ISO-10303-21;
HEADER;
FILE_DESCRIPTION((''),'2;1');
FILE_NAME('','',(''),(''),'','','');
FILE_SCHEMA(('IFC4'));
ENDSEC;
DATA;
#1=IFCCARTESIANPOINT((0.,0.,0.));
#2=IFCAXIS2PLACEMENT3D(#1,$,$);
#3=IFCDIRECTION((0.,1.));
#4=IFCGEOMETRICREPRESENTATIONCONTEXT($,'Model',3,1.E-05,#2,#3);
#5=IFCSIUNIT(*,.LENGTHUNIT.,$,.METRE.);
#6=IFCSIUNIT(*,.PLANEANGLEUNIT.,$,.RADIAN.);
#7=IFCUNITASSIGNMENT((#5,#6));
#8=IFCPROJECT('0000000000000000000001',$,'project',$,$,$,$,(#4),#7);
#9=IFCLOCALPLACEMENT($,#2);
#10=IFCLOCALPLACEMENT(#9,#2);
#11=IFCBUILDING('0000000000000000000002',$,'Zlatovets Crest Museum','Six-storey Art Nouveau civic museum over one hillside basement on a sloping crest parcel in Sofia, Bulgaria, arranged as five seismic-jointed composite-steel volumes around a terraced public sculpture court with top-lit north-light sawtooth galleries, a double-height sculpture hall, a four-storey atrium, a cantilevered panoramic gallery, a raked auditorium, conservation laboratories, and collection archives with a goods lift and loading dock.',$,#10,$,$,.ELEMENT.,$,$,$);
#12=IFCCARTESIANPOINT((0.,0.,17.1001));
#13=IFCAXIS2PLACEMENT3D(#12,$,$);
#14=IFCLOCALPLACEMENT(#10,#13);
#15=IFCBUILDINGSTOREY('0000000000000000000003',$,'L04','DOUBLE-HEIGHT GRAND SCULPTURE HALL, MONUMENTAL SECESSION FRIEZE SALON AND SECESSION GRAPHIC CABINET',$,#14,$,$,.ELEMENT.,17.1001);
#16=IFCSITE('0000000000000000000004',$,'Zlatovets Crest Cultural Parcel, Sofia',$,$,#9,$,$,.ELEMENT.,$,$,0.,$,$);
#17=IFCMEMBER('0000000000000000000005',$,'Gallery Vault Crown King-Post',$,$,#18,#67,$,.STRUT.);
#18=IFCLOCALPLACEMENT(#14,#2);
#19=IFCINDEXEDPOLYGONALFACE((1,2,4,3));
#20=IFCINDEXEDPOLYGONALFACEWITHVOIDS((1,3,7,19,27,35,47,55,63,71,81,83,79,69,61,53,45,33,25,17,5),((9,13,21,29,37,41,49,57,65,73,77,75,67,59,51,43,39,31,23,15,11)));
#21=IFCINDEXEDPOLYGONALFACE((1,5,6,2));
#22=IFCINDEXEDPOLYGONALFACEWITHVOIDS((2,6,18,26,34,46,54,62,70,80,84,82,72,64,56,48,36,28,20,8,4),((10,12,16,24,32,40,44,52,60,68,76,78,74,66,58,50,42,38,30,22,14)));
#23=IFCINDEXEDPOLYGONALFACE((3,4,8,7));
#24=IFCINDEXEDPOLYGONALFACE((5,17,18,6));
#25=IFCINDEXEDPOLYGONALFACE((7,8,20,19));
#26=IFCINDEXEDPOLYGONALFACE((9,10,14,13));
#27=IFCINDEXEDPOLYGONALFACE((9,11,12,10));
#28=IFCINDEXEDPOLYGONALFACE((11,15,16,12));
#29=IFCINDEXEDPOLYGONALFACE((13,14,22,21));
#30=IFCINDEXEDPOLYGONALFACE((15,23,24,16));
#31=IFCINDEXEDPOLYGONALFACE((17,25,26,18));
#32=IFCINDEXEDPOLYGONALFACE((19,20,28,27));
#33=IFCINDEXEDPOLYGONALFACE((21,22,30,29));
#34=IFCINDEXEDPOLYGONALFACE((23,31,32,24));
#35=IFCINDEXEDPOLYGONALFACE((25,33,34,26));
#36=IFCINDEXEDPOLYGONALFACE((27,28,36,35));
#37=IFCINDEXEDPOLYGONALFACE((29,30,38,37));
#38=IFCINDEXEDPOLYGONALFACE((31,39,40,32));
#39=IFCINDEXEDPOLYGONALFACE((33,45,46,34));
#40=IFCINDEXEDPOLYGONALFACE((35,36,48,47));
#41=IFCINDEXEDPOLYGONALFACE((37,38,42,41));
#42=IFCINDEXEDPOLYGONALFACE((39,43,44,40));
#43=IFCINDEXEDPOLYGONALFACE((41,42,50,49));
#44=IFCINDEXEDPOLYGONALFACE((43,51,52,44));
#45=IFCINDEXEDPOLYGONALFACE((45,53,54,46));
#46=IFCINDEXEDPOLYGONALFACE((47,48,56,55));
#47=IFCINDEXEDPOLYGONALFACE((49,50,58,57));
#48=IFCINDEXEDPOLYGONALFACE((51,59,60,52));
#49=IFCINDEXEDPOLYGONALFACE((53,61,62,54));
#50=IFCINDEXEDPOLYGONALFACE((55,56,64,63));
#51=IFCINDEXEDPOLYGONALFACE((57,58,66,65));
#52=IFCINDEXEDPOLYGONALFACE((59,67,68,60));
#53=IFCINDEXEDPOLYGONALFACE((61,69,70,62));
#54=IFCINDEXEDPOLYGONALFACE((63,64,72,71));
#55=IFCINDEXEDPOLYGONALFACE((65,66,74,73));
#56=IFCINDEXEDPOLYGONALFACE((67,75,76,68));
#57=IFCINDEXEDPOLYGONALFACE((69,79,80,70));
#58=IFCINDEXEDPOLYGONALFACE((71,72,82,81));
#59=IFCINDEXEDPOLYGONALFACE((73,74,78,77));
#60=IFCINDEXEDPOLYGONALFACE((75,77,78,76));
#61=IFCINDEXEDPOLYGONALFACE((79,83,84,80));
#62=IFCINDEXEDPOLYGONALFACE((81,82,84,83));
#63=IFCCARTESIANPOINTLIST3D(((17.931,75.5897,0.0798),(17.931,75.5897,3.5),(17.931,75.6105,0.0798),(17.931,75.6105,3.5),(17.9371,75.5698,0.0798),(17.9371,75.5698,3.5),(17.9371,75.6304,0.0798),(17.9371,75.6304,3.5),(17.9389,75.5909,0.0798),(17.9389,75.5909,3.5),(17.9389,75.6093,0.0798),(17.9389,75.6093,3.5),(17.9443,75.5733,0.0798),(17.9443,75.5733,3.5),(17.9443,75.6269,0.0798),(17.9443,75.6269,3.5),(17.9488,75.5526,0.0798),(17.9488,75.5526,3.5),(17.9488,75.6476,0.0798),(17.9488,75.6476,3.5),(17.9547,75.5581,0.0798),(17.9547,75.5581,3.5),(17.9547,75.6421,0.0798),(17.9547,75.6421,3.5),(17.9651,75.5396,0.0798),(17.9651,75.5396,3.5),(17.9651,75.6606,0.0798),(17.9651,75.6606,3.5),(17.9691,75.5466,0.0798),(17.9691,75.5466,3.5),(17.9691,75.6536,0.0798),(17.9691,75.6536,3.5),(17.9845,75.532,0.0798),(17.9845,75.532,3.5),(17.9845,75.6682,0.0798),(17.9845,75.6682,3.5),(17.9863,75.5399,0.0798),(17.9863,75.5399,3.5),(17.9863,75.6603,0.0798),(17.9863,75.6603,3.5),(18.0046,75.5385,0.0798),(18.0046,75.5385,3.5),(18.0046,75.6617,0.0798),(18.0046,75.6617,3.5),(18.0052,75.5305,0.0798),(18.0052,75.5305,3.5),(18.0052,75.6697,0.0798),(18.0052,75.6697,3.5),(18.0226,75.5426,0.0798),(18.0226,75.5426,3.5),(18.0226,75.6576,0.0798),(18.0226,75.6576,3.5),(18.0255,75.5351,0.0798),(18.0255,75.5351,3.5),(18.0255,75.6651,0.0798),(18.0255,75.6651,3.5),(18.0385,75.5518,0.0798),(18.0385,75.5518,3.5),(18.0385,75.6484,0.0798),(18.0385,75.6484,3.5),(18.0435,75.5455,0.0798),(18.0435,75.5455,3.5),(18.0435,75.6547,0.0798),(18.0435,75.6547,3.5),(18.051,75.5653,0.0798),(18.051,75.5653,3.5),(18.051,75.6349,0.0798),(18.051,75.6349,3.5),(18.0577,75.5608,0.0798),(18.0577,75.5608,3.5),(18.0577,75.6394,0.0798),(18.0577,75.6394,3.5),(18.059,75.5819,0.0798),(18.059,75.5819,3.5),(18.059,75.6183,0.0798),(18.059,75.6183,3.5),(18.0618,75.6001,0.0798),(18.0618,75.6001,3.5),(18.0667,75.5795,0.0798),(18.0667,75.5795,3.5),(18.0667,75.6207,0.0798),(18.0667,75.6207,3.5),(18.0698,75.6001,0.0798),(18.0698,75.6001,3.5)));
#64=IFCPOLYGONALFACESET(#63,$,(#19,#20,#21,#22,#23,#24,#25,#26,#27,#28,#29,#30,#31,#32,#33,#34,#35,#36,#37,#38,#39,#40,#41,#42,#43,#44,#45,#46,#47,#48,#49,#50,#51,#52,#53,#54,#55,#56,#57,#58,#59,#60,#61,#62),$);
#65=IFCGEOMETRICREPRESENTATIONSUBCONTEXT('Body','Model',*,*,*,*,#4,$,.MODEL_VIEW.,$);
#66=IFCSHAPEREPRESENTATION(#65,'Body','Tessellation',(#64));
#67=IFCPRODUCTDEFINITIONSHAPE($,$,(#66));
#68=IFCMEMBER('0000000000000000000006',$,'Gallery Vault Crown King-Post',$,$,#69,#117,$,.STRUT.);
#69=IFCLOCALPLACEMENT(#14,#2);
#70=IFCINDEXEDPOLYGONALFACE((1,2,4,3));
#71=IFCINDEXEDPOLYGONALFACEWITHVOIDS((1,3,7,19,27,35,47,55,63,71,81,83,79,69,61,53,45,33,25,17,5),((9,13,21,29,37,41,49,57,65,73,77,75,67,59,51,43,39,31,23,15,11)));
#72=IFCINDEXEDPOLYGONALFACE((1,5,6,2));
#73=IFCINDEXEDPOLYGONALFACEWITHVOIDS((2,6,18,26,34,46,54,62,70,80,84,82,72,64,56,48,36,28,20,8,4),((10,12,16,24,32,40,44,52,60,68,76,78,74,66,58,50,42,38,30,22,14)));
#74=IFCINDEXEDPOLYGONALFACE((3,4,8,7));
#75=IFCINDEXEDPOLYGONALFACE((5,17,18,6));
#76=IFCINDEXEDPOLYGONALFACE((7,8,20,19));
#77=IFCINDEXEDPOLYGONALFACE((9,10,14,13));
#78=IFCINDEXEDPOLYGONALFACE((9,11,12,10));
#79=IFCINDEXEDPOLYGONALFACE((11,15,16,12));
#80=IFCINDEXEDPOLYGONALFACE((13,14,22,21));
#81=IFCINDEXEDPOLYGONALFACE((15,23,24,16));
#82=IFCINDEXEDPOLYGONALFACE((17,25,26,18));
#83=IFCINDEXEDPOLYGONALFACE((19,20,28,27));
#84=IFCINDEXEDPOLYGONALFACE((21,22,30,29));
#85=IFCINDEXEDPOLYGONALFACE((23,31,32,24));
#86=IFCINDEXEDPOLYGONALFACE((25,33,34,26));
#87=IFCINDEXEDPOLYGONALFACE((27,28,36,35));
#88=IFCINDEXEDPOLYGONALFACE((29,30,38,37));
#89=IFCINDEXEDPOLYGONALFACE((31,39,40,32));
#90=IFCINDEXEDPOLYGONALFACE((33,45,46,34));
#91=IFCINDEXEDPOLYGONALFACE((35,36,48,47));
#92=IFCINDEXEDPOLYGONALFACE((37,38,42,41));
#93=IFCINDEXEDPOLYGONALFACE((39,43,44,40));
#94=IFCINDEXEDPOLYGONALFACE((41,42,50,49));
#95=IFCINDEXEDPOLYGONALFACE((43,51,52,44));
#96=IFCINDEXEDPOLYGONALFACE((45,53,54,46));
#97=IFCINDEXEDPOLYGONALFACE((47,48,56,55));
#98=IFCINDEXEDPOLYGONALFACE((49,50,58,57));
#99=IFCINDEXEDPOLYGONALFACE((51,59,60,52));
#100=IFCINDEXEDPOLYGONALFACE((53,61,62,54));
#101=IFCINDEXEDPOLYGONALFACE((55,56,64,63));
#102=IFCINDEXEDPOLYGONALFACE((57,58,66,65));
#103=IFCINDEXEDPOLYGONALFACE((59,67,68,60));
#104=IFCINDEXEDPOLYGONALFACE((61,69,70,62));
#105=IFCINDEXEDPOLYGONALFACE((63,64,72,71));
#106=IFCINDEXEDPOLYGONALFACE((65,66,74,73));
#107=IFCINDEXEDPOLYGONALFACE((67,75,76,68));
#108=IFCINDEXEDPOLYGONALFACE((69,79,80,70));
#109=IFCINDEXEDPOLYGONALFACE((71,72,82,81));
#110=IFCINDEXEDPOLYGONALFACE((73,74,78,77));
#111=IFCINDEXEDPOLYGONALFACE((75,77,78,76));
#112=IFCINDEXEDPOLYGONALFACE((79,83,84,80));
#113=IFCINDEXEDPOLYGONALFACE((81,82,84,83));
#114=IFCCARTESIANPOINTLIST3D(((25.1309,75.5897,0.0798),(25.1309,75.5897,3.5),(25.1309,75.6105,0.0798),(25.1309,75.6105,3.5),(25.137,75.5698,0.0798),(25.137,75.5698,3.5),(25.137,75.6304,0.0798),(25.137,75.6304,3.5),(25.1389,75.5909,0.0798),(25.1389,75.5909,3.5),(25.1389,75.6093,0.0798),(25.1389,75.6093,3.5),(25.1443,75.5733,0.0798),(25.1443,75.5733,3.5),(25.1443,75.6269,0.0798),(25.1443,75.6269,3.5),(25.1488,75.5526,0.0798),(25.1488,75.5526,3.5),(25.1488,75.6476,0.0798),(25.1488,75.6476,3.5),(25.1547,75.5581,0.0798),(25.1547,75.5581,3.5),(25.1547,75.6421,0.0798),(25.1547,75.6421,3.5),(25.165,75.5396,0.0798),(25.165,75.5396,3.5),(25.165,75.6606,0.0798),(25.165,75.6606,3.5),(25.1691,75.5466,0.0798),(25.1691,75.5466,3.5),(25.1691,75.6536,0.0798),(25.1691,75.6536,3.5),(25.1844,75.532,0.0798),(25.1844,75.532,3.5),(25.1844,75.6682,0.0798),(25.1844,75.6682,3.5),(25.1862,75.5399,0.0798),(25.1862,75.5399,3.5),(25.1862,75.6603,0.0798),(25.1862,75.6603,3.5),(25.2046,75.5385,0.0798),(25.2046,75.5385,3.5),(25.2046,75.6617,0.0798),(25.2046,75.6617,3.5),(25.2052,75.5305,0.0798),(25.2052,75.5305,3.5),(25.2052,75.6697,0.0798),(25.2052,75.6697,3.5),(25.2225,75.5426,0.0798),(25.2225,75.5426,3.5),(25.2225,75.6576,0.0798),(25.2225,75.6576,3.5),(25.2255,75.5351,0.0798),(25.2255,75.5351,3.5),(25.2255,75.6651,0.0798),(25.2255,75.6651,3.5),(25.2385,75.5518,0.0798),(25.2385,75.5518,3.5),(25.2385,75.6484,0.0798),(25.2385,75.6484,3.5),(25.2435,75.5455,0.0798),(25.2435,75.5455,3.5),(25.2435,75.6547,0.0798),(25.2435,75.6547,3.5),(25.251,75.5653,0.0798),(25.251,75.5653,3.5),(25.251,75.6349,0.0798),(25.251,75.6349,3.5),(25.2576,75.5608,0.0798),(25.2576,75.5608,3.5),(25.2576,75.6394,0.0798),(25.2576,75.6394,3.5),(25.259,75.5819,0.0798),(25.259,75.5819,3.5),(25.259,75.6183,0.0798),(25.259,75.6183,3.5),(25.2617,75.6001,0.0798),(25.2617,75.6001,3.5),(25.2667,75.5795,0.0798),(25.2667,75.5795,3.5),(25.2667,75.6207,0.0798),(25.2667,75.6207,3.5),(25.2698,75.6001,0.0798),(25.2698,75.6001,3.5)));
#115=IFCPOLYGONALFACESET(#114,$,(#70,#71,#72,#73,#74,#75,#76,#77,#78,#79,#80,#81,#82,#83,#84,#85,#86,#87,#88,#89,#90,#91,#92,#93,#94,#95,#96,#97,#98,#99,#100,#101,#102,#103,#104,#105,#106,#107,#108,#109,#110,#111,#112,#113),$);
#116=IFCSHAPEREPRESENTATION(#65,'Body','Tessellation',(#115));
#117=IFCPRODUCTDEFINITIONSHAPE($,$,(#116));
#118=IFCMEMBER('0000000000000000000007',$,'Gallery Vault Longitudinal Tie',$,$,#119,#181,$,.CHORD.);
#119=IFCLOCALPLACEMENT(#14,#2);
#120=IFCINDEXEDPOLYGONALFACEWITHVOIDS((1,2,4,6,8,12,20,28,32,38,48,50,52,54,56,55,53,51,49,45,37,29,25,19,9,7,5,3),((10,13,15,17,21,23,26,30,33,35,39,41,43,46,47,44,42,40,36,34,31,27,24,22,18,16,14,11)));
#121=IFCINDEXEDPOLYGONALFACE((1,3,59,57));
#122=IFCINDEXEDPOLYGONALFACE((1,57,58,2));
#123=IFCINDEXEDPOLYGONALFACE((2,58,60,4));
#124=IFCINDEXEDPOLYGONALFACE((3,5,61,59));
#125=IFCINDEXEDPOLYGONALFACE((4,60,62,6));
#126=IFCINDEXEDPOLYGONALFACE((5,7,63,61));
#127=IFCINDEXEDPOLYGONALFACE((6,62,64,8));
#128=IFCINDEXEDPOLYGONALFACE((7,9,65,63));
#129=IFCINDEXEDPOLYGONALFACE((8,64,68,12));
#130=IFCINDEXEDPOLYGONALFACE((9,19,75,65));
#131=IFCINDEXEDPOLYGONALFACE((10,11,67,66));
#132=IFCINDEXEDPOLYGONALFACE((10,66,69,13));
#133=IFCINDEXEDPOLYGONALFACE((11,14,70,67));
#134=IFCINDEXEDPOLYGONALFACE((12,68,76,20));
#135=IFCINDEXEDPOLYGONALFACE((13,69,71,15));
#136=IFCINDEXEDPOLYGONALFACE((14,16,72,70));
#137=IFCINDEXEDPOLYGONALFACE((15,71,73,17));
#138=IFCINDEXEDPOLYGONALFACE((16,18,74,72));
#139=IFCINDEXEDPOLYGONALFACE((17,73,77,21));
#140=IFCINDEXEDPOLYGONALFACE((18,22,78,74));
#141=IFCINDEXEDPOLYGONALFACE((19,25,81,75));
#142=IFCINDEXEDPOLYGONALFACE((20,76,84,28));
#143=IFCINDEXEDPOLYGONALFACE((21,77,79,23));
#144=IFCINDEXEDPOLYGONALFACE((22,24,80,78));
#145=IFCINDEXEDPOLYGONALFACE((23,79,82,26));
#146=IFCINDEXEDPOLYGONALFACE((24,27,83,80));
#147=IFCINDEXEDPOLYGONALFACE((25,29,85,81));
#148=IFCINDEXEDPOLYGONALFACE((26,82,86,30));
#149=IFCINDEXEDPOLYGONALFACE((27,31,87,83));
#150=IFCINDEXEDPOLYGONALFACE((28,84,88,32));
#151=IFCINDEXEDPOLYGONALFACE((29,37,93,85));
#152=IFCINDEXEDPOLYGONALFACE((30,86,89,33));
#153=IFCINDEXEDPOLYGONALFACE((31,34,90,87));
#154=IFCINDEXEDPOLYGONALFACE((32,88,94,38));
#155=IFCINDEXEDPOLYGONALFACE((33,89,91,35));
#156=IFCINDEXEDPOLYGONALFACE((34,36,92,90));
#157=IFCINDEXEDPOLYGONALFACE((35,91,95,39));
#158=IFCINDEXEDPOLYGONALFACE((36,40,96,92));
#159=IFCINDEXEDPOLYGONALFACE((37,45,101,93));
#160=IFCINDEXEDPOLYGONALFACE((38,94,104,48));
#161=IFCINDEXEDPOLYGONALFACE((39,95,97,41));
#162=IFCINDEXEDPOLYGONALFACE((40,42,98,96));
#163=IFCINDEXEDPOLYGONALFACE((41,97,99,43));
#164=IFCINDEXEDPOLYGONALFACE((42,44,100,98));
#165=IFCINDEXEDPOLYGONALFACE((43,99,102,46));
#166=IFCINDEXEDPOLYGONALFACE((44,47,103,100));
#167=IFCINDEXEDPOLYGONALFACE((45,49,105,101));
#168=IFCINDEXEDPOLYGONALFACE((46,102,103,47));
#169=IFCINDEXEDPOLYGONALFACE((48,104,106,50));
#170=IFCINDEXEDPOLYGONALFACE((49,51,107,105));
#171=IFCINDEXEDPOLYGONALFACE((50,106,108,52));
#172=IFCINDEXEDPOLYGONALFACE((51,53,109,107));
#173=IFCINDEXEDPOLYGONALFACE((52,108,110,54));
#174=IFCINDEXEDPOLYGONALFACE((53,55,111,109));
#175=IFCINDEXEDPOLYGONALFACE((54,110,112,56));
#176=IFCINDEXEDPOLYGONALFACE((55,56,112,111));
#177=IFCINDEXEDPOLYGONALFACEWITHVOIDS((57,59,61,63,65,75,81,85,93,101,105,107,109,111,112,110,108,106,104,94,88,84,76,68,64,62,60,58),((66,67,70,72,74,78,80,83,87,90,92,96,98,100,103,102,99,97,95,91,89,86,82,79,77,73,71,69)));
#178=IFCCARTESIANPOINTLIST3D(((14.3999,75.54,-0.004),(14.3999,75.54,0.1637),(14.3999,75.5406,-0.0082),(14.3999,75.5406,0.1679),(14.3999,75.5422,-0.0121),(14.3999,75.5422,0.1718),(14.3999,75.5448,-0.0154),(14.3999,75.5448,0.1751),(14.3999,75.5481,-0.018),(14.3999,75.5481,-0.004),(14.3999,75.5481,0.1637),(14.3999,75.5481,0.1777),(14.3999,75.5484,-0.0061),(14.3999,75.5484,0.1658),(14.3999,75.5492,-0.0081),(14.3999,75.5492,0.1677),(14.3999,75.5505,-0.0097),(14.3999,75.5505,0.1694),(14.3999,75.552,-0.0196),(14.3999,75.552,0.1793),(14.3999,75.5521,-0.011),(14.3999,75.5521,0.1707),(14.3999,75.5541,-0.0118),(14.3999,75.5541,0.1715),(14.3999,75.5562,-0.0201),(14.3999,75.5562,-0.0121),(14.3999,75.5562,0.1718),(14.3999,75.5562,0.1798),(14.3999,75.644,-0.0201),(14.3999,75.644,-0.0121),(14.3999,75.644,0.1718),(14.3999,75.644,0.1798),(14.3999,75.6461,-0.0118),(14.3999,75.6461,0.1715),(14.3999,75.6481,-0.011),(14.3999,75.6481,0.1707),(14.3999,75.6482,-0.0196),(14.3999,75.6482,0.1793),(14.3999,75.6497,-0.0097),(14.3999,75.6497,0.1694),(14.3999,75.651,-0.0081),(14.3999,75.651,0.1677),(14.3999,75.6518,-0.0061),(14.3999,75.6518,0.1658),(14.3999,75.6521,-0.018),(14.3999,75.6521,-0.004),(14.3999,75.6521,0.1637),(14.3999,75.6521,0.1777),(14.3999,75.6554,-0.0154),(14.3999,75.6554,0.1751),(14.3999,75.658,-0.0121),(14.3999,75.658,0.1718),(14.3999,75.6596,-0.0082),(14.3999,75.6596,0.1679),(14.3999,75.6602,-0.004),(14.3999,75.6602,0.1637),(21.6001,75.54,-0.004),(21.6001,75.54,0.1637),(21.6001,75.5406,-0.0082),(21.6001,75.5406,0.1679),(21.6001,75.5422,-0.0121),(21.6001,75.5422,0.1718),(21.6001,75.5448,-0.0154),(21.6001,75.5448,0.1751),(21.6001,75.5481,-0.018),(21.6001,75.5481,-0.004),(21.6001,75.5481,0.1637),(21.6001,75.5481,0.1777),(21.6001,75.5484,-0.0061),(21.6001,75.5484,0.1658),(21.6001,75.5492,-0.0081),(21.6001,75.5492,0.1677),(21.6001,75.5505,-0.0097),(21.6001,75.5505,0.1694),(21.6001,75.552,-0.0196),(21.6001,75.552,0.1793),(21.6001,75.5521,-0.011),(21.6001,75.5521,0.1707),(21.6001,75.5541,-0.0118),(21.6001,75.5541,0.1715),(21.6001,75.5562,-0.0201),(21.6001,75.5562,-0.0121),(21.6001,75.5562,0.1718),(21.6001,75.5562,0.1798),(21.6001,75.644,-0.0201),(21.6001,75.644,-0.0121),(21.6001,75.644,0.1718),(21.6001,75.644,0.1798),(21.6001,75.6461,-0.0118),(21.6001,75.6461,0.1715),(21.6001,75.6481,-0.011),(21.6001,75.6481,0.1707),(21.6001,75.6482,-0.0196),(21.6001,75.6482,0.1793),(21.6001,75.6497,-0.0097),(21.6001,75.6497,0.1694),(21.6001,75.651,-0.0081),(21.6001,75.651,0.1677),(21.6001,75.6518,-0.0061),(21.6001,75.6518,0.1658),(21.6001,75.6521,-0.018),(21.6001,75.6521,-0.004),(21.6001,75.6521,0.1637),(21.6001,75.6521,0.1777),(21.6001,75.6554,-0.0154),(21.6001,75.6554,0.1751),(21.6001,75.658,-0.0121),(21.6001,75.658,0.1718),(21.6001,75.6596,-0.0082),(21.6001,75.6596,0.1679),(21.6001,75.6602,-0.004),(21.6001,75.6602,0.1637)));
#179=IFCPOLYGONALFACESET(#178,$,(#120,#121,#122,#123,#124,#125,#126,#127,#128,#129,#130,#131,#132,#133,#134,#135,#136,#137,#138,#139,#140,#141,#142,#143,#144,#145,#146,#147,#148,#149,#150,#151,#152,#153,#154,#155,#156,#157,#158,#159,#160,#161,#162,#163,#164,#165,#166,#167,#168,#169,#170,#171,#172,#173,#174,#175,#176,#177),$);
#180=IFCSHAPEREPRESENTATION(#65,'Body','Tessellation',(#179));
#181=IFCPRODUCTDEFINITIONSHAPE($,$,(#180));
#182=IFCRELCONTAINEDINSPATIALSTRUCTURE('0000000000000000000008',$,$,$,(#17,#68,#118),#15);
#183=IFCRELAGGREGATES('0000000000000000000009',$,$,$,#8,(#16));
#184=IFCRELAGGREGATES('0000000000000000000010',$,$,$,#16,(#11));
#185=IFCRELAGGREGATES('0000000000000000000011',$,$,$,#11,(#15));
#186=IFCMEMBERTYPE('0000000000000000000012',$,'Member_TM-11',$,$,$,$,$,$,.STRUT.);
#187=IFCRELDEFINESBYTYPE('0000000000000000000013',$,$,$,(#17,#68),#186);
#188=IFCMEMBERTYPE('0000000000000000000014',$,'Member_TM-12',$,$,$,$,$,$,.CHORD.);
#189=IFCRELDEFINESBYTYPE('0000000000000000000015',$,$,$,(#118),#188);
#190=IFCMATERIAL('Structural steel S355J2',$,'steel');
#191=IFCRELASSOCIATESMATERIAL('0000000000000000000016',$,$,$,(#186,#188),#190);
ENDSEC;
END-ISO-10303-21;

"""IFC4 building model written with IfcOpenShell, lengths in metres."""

from ifc_helpers import new_model, si_unit, direction, frame, origin, origin_2d, place, context, subcontext, project, spatial, hollow_rectangle, hollow_circle, extrude, material, material_profile, profile_set, type_object, element, save


model = new_model("IFC4")

# Units and contexts
model_context = context("Model", 3, precision=1e-05, world=origin(), true_north=direction((0.0, 1.0)))
body_context = subcontext(model_context, "Body", "Model", "MODEL_VIEW")
ifc_project = project(units=[si_unit("LENGTHUNIT", "METRE"), si_unit("PLANEANGLEUNIT", "RADIAN")], contexts=[model_context])

# Site, building, storey
site_placement = place(None, origin())
site = spatial("IfcSite", under=ifc_project, at=site_placement, Name="Zlatovets Crest Cultural Parcel, Sofia", CompositionType="ELEMENT", RefElevation=0.0)
building_placement = place(site_placement, origin())
building = spatial("IfcBuilding", under=site, at=building_placement, Name="Zlatovets Crest Museum", Description="Six-storey Art Nouveau civic museum over one hillside basement on a sloping crest parcel in Sofia, Bulgaria, arranged as five seismic-jointed composite-steel volumes around a terraced public sculpture court with top-lit north-light sawtooth galleries, a double-height sculpture hall, a four-storey atrium, a cantilevered panoramic gallery, a raked auditorium, conservation laboratories, and collection archives with a goods lift and loading dock.", CompositionType="ELEMENT")
storey_placement = place(building_placement, frame((0.0, 0.0, 17.1001)))
storey = spatial("IfcBuildingStorey", under=building, at=storey_placement, Name="L04", Description="DOUBLE-HEIGHT GRAND SCULPTURE HALL, MONUMENTAL SECESSION FRIEZE SALON AND SECESSION GRAPHIC CABINET", CompositionType="ELEMENT", Elevation=17.1001)

# Shared definitions
ifc_material_1 = material(Name="Structural steel S355J2", Category="steel")

# Members
ifc_material_profile_1 = material_profile(ifc_material_1, hollow_circle(Radius=0.0698, WallThickness=0.0081, at=origin_2d()), Name="CHS 139.7x8.0")
ifc_profile_set_1 = profile_set([ifc_material_profile_1], Name="Structural steel S355J2")
member_type_1 = type_object("IfcMemberType", Name="Member_TM-11", PredefinedType="STRUT", material=ifc_profile_set_1)
for number, where, z_axis, x_axis, name in (
    (1, (18.0, 75.6001, 0.0798), (0.0, 0.0, 1.0), (1.0, 0.0, 0.0), "Gallery Vault Crown King-Post"),
    (2, (25.2, 75.6001, 0.0798), (0.0, 0.0, 1.0), (1.0, 0.0, 0.0), "Gallery Vault Crown King-Post"),
):
    element("IfcMember", number, at=place(storey_placement, frame(where, z_axis=z_axis, x_axis=x_axis)), inside=storey, type_object=member_type_1, Name=name, PredefinedType="STRUT", context=body_context, shape_type="SweptSolid", body=[
        extrude(hollow_circle(Radius=0.0698, WallThickness=0.0081, at=origin_2d()), origin(), (0.0, 0.0, 1.0), 3.4202),
    ])
ifc_material_profile_2 = material_profile(ifc_material_1, hollow_rectangle(XDim=0.1201, YDim=0.2, WallThickness=0.0081, InnerFilletRadius=0.0081, OuterFilletRadius=0.0161, at=origin_2d()), Name="RHS 120x200x8.0")
ifc_profile_set_2 = profile_set([ifc_material_profile_2], Name="Structural steel S355J2")
member_type_2 = type_object("IfcMemberType", Name="Member_TM-12", PredefinedType="CHORD", material=ifc_profile_set_2)
for number, where, z_axis, x_axis, name in (
    (3, (14.3999, 75.6001, 0.0798), (1.0, 0.0, 0.0), (0.0, 1.0, 0.0), "Gallery Vault Longitudinal Tie"),
):
    element("IfcMember", number, at=place(storey_placement, frame(where, z_axis=z_axis, x_axis=x_axis)), inside=storey, type_object=member_type_2, Name=name, PredefinedType="CHORD", context=body_context, shape_type="SweptSolid", body=[
        extrude(hollow_rectangle(XDim=0.1201, YDim=0.2, WallThickness=0.0081, InnerFilletRadius=0.0081, OuterFilletRadius=0.0161, at=origin_2d()), origin(), (0.0, 0.0, 1.0), 7.2002),
    ])

save(model, "model.ifc")
